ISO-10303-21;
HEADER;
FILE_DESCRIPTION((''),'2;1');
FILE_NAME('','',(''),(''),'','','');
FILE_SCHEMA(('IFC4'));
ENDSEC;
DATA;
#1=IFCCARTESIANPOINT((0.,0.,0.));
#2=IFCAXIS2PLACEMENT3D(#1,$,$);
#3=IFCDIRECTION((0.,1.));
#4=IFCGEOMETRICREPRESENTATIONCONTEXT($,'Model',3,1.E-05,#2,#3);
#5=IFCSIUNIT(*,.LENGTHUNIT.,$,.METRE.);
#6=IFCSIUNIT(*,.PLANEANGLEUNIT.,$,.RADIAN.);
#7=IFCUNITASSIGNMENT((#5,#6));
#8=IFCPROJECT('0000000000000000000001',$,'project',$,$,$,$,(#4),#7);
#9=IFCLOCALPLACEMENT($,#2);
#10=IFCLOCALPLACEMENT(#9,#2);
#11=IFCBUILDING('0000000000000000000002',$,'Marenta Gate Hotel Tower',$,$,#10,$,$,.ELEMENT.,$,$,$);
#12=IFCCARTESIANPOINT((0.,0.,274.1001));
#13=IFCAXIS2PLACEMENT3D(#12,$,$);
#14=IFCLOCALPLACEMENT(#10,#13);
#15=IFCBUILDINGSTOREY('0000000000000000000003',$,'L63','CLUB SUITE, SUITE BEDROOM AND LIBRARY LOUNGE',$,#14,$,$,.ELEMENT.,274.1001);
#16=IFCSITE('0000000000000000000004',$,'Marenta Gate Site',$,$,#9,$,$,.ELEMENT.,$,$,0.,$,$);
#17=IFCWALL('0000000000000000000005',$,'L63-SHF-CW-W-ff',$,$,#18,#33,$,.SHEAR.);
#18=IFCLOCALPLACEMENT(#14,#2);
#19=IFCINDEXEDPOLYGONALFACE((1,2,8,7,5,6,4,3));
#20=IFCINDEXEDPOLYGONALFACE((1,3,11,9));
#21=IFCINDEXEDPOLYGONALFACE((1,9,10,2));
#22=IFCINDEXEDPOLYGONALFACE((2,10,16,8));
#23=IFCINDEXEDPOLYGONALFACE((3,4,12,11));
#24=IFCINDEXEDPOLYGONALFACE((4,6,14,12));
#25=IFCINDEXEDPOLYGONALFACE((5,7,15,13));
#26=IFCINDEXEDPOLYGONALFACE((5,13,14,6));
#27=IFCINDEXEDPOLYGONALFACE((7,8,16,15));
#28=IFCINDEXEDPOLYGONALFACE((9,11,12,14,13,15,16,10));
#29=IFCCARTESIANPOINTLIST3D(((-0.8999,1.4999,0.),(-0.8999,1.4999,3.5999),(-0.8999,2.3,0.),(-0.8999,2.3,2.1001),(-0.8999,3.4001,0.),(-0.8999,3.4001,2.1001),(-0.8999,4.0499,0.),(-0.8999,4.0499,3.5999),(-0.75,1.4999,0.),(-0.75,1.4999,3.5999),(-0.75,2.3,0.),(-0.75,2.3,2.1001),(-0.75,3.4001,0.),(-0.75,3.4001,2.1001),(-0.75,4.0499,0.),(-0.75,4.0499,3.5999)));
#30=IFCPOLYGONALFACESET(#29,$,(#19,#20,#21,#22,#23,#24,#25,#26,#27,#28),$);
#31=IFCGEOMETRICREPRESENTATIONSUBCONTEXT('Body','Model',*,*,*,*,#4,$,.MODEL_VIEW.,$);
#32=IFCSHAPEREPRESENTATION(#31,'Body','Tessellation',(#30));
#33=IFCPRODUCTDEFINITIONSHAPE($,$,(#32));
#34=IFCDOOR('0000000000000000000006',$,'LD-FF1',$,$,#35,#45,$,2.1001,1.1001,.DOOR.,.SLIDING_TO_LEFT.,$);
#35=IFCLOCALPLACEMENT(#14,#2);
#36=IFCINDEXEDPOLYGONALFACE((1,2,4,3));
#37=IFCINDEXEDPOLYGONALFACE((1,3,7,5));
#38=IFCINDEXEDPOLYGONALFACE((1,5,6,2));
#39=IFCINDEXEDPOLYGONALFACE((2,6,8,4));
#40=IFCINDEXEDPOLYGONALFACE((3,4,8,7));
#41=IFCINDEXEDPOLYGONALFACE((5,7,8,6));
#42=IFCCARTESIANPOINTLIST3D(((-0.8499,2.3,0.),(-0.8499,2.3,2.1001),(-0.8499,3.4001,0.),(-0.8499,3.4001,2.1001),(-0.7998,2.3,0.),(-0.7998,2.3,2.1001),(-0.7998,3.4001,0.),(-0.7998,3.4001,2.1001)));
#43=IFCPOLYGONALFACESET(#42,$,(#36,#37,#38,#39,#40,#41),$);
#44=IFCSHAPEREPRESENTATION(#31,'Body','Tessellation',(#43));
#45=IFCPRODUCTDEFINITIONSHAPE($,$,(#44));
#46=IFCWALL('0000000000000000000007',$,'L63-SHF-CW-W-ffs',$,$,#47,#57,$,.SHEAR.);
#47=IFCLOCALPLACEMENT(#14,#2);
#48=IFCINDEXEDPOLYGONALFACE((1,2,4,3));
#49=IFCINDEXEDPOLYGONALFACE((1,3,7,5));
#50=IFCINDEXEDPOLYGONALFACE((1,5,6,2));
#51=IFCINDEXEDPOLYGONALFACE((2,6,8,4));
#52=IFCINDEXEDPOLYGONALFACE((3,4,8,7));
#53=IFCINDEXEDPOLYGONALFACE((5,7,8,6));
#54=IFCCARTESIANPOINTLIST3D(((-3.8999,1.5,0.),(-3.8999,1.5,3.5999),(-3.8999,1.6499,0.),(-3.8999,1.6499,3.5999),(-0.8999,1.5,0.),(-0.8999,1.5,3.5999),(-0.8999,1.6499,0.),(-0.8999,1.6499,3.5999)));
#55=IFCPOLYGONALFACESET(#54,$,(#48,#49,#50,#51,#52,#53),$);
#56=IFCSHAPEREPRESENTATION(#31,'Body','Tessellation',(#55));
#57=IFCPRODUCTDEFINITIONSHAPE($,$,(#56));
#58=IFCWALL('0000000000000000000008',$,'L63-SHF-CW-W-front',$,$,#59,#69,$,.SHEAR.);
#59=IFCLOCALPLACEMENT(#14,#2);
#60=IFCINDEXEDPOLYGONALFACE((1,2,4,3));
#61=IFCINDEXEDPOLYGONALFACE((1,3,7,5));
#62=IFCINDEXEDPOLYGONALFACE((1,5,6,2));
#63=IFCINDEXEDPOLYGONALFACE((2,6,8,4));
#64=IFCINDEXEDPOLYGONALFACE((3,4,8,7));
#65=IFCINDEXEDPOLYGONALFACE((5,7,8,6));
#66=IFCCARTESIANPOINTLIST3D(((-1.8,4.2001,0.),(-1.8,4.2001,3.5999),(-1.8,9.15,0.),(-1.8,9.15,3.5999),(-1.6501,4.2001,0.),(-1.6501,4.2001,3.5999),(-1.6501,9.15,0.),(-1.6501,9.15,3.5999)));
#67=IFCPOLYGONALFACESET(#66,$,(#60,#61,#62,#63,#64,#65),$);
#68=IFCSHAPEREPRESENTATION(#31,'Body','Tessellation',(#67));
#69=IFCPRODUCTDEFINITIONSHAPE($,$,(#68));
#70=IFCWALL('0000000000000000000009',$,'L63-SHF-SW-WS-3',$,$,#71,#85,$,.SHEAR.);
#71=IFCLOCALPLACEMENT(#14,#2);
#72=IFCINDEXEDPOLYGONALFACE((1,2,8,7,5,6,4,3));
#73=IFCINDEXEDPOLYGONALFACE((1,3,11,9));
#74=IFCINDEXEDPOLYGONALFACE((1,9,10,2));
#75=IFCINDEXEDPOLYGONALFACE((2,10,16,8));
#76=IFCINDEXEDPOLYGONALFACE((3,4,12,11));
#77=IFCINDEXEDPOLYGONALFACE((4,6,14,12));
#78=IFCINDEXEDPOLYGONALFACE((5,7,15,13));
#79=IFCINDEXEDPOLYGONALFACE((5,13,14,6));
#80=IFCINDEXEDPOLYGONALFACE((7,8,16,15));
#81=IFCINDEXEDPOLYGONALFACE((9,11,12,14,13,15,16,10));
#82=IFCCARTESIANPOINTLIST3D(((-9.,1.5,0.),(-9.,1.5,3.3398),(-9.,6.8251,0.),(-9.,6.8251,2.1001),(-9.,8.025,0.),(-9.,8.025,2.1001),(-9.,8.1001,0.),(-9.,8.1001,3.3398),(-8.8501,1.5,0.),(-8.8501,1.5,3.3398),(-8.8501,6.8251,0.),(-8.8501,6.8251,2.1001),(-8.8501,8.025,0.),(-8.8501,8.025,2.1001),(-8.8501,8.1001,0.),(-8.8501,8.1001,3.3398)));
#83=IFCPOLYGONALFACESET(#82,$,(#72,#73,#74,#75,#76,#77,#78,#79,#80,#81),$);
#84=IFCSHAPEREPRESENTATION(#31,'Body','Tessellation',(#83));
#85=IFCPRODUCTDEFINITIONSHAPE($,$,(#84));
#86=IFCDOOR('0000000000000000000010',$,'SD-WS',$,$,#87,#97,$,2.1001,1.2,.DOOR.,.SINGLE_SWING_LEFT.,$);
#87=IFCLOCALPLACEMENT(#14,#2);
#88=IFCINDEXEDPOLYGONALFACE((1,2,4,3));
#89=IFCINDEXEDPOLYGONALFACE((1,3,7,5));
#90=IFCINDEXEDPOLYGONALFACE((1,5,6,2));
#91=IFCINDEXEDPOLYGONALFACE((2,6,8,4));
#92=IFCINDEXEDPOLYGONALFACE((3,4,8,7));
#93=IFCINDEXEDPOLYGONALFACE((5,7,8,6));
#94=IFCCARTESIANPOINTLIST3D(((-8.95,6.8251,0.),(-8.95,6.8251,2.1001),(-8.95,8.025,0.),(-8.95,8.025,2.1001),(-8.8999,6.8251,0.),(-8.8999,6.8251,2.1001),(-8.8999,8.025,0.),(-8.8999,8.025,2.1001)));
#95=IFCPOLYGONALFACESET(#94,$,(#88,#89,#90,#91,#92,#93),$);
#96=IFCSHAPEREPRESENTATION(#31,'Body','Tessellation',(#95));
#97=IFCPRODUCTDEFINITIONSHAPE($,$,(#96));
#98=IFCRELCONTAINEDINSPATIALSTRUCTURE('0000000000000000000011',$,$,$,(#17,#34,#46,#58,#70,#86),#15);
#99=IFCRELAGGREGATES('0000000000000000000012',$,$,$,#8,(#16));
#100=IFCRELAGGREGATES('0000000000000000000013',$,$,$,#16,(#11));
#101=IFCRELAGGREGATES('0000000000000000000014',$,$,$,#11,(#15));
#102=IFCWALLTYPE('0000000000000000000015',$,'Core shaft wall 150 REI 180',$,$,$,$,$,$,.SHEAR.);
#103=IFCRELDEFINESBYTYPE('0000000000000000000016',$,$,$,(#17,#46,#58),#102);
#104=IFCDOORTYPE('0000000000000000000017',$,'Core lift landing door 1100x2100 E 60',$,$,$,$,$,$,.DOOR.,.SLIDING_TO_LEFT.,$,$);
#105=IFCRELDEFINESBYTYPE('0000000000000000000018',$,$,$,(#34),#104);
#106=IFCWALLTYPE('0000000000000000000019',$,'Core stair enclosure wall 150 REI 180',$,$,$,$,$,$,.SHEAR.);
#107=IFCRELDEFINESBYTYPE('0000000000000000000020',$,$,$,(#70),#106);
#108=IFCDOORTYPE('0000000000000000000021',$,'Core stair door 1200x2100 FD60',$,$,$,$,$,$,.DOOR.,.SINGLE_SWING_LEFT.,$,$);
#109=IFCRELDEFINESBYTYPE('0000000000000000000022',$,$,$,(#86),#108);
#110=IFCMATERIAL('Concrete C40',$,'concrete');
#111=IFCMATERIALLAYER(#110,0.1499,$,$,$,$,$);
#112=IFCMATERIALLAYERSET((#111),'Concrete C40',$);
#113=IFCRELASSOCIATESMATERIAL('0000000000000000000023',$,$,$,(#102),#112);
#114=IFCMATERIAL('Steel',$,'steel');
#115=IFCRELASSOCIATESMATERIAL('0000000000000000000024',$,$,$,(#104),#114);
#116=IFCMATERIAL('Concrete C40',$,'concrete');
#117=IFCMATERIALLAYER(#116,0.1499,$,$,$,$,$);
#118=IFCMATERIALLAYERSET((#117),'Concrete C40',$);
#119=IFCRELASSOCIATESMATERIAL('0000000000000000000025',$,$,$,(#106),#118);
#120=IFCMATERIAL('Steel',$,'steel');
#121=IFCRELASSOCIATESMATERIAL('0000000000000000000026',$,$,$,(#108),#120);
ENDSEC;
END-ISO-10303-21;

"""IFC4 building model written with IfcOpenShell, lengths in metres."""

from ifc_helpers import new_model, si_unit, direction, frame, frame_2d, origin, place, context, subcontext, project, spatial, rectangle, extrude, material, layer, layer_set, type_object, element, fill, save


model = new_model("IFC4")

# Units and contexts
model_context = context("Model", 3, precision=1e-05, world=origin(), true_north=direction((0.0, 1.0)))
body_context = subcontext(model_context, "Body", "Model", "MODEL_VIEW")
ifc_project = project(units=[si_unit("LENGTHUNIT", "METRE"), si_unit("PLANEANGLEUNIT", "RADIAN")], contexts=[model_context])

# Site, building, storey
site_placement = place(None, origin())
site = spatial("IfcSite", under=ifc_project, at=site_placement, Name="Marenta Gate Site", CompositionType="ELEMENT", RefElevation=0.0)
building_placement = place(site_placement, origin())
building = spatial("IfcBuilding", under=site, at=building_placement, Name="Marenta Gate Hotel Tower", CompositionType="ELEMENT")
storey_placement = place(building_placement, frame((0.0, 0.0, 274.1001)))
storey = spatial("IfcBuildingStorey", under=building, at=storey_placement, Name="L63", Description="CLUB SUITE, SUITE BEDROOM AND LIBRARY LOUNGE", CompositionType="ELEMENT", Elevation=274.1001)

# Wall, opening, door
ifc_material_1 = material(Name="Concrete C40", Category="concrete")
ifc_layer_1 = layer(ifc_material_1, 0.1499)
ifc_layer_set_1 = layer_set([ifc_layer_1], Name="Concrete C40")
wall_type_1 = type_object("IfcWallType", Name="Core shaft wall 150 REI 180", PredefinedType="SHEAR", material=ifc_layer_set_1)
wall_1_placement = place(storey_placement, frame((-0.825, 1.5, 0.0), z_axis=(0.0, 0.0, 1.0), x_axis=(0.0, 1.0, 0.0)))
wall_1 = element("IfcWall", 1, at=wall_1_placement, inside=storey, type_object=wall_type_1, Name="L63-SHF-CW-W-ff", PredefinedType="SHEAR", context=body_context, shape_type="SweptSolid", body=[
    extrude(rectangle(XDim=2.55, YDim=0.1499, at=frame_2d((1.2749, 0.0))), origin(), (0.0, 0.0, 1.0), 3.5999),
])
opening_1_placement = place(wall_1_placement, frame((0.8, 0.0, 0.0)))
opening_1 = element("IfcOpeningElement", 2, at=opening_1_placement, cuts=wall_1, PredefinedType="OPENING", context=body_context, shape_type="SweptSolid", body=[
    extrude(rectangle(XDim=1.1001, YDim=2.1001, at=frame_2d((0.55, 1.05))), frame((0.0, 0.075, 0.0), z_axis=(0.0, -1.0, 0.0), x_axis=(1.0, 0.0, 0.0)), (0.0, 0.0, 1.0), 0.1499),
])
ifc_material_2 = material(Name="Steel", Category="steel")
door_type_1 = type_object("IfcDoorType", Name="Core lift landing door 1100x2100 E 60", OperationType="SLIDING_TO_LEFT", PredefinedType="DOOR", material=ifc_material_2)
door_1_placement = place(opening_1_placement, origin())
door_1 = element("IfcDoor", 3, at=door_1_placement, inside=storey, type_object=door_type_1, Name="LD-FF1", OperationType="SLIDING_TO_LEFT", OverallHeight=2.1001, OverallWidth=1.1001, PredefinedType="DOOR", context=body_context, shape_type="SweptSolid", body=[
    extrude(rectangle(XDim=1.1001, YDim=2.1001, at=frame_2d((0.55, 1.05))), frame((0.0, 0.0249, 0.0), z_axis=(0.0, -1.0, 0.0), x_axis=(1.0, 0.0, 0.0)), (0.0, 0.0, 1.0), 0.05),
])
fill(opening_1, door_1)

# Walls
wall_2_placement = place(storey_placement, frame((-3.8999, 1.575, 0.0), z_axis=(0.0, 0.0, 1.0), x_axis=(1.0, 0.0, 0.0)))
element("IfcWall", 4, at=wall_2_placement, inside=storey, type_object=wall_type_1, Name="L63-SHF-CW-W-ffs", PredefinedType="SHEAR", context=body_context, shape_type="SweptSolid", body=[
    extrude(rectangle(XDim=3.0, YDim=0.1499, at=frame_2d((1.5, 0.0))), origin(), (0.0, 0.0, 1.0), 3.5999),
])
wall_3_placement = place(storey_placement, frame((-1.7251, 4.2, 0.0), z_axis=(0.0, 0.0, 1.0), x_axis=(0.0, 1.0, 0.0)))
element("IfcWall", 5, at=wall_3_placement, inside=storey, type_object=wall_type_1, Name="L63-SHF-CW-W-front", PredefinedType="SHEAR", context=body_context, shape_type="SweptSolid", body=[
    extrude(rectangle(XDim=4.95, YDim=0.1499, at=frame_2d((2.4751, 0.0))), origin(), (0.0, 0.0, 1.0), 3.5999),
])

# Wall, opening, door
ifc_material_3 = material(Name="Concrete C40", Category="concrete")
ifc_layer_2 = layer(ifc_material_3, 0.1499)
ifc_layer_set_2 = layer_set([ifc_layer_2], Name="Concrete C40")
wall_type_2 = type_object("IfcWallType", Name="Core stair enclosure wall 150 REI 180", PredefinedType="SHEAR", material=ifc_layer_set_2)
wall_4_placement = place(storey_placement, frame((-8.925, 1.5, 0.0), z_axis=(0.0, 0.0, 1.0), x_axis=(0.0, 1.0, 0.0)))
wall_4 = element("IfcWall", 6, at=wall_4_placement, inside=storey, type_object=wall_type_2, Name="L63-SHF-SW-WS-3", PredefinedType="SHEAR", context=body_context, shape_type="SweptSolid", body=[
    extrude(rectangle(XDim=6.6001, YDim=0.1499, at=frame_2d((3.3, 0.0))), origin(), (0.0, 0.0, 1.0), 3.3398),
])
opening_2_placement = place(wall_4_placement, frame((5.325, 0.0, 0.0)))
opening_2 = element("IfcOpeningElement", 7, at=opening_2_placement, cuts=wall_4, PredefinedType="OPENING", context=body_context, shape_type="SweptSolid", body=[
    extrude(rectangle(XDim=1.2, YDim=2.1001, at=frame_2d((0.6001, 1.05))), frame((0.0, 0.075, 0.0), z_axis=(0.0, -1.0, 0.0), x_axis=(1.0, 0.0, 0.0)), (0.0, 0.0, 1.0), 0.1499),
])
ifc_material_4 = material(Name="Steel", Category="steel")
door_type_2 = type_object("IfcDoorType", Name="Core stair door 1200x2100 FD60", OperationType="SINGLE_SWING_LEFT", PredefinedType="DOOR", material=ifc_material_4)
door_2_placement = place(opening_2_placement, origin())
door_2 = element("IfcDoor", 8, at=door_2_placement, inside=storey, type_object=door_type_2, Name="SD-WS", OperationType="SINGLE_SWING_LEFT", OverallHeight=2.1001, OverallWidth=1.2, PredefinedType="DOOR", context=body_context, shape_type="SweptSolid", body=[
    extrude(rectangle(XDim=1.2, YDim=2.1001, at=frame_2d((0.6001, 1.05))), frame((0.0, 0.0249, 0.0), z_axis=(0.0, -1.0, 0.0), x_axis=(1.0, 0.0, 0.0)), (0.0, 0.0, 1.0), 0.05),
])
fill(opening_2, door_2)

save(model, "model.ifc")
